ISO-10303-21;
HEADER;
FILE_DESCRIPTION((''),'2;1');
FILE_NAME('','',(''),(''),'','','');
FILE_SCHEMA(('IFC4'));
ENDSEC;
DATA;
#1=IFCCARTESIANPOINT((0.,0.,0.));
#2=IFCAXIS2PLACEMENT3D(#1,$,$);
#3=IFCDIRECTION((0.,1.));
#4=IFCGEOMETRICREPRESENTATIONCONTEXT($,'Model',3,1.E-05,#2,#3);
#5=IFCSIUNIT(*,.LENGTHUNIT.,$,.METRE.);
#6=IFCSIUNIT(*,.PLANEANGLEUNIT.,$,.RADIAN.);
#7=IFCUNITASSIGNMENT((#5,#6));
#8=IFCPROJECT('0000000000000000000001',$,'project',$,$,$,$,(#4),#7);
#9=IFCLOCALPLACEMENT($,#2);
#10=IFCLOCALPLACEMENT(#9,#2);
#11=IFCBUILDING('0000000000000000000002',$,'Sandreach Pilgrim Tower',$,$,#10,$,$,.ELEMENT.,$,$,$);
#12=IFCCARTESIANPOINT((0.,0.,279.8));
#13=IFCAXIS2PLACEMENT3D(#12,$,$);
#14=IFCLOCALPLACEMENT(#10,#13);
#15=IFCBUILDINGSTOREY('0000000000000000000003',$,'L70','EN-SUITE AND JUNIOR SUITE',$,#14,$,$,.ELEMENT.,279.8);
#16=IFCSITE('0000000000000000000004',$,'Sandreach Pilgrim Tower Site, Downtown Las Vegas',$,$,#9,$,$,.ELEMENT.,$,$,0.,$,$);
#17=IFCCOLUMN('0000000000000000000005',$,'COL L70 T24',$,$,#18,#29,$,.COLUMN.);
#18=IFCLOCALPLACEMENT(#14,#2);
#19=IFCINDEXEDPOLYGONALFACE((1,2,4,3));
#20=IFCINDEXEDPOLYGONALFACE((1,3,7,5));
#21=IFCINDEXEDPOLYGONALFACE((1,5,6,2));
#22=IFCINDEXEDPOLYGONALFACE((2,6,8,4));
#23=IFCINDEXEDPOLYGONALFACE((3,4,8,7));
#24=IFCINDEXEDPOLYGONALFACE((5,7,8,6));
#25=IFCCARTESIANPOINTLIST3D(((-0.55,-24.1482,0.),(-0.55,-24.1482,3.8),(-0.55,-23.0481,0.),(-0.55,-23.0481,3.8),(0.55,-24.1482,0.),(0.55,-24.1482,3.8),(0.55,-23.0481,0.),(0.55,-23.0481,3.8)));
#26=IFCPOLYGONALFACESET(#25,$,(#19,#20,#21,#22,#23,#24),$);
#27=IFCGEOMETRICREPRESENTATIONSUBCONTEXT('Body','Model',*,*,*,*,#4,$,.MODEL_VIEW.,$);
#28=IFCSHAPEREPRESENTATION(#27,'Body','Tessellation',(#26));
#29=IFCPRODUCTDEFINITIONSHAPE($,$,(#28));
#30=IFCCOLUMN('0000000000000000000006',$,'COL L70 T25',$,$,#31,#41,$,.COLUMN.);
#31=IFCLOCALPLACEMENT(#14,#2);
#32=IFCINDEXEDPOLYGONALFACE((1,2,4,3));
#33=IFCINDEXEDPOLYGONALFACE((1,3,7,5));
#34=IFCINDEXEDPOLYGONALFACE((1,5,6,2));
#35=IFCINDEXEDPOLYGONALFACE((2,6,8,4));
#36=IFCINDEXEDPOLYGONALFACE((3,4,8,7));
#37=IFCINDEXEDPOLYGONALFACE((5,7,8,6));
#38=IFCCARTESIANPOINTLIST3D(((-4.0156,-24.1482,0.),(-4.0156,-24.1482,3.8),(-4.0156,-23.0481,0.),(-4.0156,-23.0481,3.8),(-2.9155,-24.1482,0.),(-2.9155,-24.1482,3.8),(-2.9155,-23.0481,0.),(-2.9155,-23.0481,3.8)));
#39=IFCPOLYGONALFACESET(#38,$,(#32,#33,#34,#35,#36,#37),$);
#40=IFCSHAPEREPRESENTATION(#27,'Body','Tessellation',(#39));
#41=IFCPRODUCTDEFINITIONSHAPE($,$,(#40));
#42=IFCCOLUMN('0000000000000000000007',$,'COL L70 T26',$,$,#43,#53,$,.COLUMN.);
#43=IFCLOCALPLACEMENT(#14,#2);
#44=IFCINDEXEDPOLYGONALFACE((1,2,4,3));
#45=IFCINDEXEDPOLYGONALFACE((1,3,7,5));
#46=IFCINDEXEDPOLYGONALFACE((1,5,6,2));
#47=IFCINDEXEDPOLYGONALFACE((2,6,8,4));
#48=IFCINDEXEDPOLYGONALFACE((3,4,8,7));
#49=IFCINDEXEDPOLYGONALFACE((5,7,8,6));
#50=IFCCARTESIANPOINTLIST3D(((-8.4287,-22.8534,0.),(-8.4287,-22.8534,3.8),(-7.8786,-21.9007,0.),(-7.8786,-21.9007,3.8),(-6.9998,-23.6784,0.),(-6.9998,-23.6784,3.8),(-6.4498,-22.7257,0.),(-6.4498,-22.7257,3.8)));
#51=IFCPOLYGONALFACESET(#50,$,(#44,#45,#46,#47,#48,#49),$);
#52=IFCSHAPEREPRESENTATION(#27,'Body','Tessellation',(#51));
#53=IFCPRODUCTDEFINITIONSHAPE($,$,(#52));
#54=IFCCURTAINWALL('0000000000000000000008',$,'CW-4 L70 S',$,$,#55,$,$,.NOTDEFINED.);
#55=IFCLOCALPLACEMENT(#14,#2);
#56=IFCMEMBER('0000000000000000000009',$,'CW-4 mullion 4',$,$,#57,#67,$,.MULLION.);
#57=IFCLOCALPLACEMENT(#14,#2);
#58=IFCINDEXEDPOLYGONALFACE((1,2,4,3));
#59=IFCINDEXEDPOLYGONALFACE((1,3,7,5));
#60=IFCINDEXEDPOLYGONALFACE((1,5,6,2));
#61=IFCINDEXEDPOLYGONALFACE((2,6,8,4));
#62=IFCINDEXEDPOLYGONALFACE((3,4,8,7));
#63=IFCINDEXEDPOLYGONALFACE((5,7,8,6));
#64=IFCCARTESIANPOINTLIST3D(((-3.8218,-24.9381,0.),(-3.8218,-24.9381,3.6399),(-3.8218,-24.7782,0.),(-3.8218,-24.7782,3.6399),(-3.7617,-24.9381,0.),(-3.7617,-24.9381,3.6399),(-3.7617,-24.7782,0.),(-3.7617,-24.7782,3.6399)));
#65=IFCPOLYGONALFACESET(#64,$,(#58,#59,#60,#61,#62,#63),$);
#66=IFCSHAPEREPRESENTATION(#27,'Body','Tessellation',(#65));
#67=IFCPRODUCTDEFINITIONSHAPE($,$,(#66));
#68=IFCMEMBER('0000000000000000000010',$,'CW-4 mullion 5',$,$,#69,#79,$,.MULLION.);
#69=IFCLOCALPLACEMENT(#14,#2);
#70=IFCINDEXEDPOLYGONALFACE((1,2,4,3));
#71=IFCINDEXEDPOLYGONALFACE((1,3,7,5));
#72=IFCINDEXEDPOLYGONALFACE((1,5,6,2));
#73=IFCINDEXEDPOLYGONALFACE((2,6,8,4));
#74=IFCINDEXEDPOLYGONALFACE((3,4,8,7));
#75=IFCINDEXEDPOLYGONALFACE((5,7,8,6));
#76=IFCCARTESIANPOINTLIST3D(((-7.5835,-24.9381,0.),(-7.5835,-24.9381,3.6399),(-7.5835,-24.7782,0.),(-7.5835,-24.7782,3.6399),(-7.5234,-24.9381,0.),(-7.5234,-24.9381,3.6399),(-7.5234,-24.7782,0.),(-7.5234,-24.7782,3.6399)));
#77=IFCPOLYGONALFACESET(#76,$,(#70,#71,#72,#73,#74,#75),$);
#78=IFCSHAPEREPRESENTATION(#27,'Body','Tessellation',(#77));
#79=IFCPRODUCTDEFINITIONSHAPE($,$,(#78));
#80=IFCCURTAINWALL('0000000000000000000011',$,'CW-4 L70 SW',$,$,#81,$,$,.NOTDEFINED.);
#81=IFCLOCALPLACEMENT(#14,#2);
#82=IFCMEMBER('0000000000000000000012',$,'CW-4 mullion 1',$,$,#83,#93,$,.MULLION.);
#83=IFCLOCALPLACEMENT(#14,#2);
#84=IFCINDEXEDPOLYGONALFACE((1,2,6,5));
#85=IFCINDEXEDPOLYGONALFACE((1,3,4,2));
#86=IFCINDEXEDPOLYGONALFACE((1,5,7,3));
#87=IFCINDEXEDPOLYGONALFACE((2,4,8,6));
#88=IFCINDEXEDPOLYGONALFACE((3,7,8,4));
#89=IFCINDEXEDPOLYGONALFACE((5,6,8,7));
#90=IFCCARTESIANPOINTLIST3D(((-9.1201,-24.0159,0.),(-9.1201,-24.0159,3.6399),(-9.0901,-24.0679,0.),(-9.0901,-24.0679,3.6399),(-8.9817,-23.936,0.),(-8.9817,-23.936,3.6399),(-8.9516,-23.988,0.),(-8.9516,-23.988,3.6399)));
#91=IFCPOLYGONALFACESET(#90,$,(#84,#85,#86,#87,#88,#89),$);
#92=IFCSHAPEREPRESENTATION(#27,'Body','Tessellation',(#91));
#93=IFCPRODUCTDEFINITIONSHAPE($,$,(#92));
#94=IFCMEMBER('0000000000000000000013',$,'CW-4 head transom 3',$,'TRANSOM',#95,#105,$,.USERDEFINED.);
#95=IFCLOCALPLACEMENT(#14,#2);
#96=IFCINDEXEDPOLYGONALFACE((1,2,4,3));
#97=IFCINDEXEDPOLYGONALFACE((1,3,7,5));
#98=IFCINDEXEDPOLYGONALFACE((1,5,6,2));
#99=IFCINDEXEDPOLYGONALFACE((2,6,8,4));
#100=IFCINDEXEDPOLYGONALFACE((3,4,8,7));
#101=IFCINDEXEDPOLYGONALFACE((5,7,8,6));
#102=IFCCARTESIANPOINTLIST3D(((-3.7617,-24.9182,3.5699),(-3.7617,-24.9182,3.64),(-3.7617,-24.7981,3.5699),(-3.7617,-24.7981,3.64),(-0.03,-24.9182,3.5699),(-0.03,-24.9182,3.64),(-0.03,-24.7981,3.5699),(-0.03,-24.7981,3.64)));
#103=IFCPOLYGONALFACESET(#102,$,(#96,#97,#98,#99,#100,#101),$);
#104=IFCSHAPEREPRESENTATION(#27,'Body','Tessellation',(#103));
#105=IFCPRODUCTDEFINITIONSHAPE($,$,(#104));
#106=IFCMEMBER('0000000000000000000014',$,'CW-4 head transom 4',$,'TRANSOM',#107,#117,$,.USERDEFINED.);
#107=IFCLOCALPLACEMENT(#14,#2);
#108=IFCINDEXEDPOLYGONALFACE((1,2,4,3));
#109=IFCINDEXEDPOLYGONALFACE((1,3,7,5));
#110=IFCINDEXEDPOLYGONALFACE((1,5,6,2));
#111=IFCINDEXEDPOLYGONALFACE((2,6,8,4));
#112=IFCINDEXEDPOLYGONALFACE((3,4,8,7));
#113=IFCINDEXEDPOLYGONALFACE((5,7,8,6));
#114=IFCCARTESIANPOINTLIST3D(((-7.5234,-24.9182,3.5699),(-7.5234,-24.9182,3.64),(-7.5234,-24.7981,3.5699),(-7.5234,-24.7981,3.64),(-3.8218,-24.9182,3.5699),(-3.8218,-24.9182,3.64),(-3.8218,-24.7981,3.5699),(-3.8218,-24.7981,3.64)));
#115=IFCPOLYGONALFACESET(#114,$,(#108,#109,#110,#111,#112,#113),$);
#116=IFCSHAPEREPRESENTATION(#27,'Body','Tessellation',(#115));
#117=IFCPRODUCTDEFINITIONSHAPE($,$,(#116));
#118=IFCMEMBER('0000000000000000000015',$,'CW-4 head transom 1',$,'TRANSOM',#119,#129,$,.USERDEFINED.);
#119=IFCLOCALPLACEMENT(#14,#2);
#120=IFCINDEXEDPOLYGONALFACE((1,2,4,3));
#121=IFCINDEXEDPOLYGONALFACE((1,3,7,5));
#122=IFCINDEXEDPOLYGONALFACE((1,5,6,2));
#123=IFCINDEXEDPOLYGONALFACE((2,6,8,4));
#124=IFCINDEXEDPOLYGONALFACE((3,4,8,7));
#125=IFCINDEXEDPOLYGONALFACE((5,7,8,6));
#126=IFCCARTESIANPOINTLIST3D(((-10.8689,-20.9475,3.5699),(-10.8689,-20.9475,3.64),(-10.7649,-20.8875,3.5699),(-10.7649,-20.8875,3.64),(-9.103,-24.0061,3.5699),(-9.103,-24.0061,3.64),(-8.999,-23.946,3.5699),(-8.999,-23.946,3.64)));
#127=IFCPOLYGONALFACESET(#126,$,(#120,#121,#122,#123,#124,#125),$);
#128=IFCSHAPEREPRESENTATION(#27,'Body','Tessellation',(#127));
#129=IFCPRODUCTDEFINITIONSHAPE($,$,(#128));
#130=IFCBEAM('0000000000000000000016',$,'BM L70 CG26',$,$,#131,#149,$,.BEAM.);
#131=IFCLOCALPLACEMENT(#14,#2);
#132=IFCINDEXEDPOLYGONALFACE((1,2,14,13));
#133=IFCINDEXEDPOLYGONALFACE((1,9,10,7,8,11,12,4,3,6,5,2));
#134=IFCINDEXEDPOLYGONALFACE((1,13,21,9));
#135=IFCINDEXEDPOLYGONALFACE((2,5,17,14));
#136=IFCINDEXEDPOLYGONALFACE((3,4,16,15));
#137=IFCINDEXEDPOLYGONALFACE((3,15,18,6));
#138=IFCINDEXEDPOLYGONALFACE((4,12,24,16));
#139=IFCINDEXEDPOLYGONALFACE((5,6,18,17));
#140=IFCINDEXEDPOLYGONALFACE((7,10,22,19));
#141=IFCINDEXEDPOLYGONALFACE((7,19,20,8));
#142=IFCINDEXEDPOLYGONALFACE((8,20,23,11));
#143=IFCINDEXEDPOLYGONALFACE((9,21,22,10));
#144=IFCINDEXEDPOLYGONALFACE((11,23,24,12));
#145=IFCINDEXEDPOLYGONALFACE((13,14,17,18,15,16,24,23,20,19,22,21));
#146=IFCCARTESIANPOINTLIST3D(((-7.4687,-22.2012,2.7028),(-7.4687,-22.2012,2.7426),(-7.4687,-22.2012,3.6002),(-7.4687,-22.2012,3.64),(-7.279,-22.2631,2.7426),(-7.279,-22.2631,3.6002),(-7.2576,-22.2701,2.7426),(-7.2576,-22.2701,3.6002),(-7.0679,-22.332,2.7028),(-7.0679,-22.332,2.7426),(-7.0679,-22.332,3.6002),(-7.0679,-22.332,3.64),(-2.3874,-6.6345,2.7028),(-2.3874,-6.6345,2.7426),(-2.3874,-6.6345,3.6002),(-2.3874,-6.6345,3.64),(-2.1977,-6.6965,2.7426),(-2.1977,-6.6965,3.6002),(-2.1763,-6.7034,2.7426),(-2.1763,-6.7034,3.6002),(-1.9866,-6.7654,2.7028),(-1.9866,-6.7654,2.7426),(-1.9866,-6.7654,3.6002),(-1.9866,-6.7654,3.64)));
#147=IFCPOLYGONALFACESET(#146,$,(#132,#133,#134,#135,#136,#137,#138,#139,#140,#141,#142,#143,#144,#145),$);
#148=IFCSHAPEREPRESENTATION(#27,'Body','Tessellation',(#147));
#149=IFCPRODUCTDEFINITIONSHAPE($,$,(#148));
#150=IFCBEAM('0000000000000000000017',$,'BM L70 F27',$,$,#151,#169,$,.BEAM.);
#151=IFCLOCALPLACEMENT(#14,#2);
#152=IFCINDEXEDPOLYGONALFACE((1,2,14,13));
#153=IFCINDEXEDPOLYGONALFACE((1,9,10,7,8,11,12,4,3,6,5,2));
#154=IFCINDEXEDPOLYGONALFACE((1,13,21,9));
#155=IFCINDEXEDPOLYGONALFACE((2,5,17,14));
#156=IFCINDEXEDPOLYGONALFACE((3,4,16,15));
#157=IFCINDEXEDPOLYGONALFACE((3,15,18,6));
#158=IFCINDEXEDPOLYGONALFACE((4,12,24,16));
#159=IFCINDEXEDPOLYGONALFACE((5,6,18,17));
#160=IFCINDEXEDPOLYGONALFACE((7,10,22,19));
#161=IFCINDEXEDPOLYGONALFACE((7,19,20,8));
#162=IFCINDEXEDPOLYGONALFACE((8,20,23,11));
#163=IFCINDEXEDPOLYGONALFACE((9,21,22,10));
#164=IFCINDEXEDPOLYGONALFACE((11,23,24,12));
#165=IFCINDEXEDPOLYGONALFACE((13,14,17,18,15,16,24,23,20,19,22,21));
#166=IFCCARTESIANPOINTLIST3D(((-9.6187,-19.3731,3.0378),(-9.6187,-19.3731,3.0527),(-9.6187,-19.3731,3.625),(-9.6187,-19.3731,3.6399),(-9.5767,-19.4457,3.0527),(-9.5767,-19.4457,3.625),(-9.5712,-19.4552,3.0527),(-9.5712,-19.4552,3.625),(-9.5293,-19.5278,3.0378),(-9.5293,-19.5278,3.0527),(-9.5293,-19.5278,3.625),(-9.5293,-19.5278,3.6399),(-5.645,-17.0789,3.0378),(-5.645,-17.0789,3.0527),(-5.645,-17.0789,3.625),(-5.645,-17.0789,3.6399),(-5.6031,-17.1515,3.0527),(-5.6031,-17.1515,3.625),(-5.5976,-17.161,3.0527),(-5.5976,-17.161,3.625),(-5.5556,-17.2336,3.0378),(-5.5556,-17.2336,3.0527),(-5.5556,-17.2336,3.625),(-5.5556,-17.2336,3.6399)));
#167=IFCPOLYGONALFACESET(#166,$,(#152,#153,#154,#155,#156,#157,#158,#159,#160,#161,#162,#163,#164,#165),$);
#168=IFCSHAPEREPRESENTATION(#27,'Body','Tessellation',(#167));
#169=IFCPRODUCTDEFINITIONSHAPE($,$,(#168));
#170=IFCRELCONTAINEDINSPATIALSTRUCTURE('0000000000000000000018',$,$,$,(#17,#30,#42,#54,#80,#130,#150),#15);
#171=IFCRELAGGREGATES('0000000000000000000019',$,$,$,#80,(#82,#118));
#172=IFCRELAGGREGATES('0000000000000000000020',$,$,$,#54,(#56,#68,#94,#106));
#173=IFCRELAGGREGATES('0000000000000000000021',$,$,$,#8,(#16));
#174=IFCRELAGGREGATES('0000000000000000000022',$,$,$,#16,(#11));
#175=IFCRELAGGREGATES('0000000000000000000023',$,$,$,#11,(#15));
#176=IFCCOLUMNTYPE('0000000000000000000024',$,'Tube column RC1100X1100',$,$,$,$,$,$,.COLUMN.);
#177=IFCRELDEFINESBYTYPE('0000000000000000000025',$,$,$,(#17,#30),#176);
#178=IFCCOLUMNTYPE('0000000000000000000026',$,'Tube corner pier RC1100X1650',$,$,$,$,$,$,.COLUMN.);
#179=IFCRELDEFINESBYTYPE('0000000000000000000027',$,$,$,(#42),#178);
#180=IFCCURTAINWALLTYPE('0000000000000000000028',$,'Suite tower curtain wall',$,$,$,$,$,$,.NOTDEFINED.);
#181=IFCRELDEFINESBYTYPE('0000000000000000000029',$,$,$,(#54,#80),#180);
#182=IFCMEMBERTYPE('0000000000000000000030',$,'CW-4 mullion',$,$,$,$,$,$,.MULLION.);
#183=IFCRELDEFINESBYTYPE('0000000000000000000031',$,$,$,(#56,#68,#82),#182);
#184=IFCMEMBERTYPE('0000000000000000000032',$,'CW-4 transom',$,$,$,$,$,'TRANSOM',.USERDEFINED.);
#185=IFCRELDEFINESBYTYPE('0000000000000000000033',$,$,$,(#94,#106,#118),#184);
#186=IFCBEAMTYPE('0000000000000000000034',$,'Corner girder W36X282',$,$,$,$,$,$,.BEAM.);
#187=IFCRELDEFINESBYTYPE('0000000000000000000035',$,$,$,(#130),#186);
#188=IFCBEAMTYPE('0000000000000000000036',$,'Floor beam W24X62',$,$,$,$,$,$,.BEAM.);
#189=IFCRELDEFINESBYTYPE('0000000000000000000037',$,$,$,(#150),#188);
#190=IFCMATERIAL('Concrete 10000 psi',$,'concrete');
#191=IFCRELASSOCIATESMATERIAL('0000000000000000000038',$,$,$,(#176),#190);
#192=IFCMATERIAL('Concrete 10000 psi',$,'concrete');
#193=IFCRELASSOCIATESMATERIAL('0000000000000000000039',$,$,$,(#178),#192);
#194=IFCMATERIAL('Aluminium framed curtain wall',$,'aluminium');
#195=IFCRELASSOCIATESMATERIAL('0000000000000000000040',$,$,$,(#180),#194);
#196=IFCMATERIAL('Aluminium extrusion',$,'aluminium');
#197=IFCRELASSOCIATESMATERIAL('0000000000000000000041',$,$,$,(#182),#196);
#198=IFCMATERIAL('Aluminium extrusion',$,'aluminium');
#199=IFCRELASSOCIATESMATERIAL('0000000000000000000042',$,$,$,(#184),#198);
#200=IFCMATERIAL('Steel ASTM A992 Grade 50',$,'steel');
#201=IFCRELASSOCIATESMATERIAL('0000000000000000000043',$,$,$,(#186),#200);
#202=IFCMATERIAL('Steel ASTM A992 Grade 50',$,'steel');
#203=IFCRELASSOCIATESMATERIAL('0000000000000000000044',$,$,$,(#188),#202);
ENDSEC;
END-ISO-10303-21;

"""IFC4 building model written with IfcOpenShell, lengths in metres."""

from ifc_helpers import new_model, si_unit, direction, frame, origin, origin_2d, place, context, subcontext, project, spatial, rectangle, i_section, extrude, material, material_profile, profile_set, type_object, element, aggregate, save


model = new_model("IFC4")

# Units and contexts
model_context = context("Model", 3, precision=1e-05, world=origin(), true_north=direction((0.0, 1.0)))
body_context = subcontext(model_context, "Body", "Model", "MODEL_VIEW")
ifc_project = project(units=[si_unit("LENGTHUNIT", "METRE"), si_unit("PLANEANGLEUNIT", "RADIAN")], contexts=[model_context])

# Site, building, storey
site_placement = place(None, origin())
site = spatial("IfcSite", under=ifc_project, at=site_placement, Name="Sandreach Pilgrim Tower Site, Downtown Las Vegas", CompositionType="ELEMENT", RefElevation=0.0)
building_placement = place(site_placement, origin())
building = spatial("IfcBuilding", under=site, at=building_placement, Name="Sandreach Pilgrim Tower", CompositionType="ELEMENT")
storey_placement = place(building_placement, frame((0.0, 0.0, 279.8)))
storey = spatial("IfcBuildingStorey", under=building, at=storey_placement, Name="L70", Description="EN-SUITE AND JUNIOR SUITE", CompositionType="ELEMENT", Elevation=279.8)

# Columns
ifc_material_1 = material(Name="Concrete 10000 psi", Category="concrete")
ifc_material_profile_1 = material_profile(ifc_material_1, rectangle(XDim=1.1001, YDim=1.1001, at=origin_2d()), Name="RC1100X1100")
ifc_profile_set_1 = profile_set([ifc_material_profile_1], Name="Concrete 10000 psi")
column_type_1 = type_object("IfcColumnType", Name="Tube column RC1100X1100", PredefinedType="COLUMN", material=ifc_profile_set_1)
for number, where, z_axis, x_axis, name in (
    (1, (0.0, -23.5981, 0.0), (0.0, 0.0, 1.0), (0.0, -1.0, 0.0), "COL L70 T24"),
    (2, (-3.4656, -23.5981, 0.0), (0.0, 0.0, 1.0), (0.0, -1.0, 0.0), "COL L70 T25"),
):
    element("IfcColumn", number, at=place(storey_placement, frame(where, z_axis=z_axis, x_axis=x_axis)), inside=storey, type_object=column_type_1, Name=name, PredefinedType="COLUMN", context=body_context, shape_type="SweptSolid", body=[
        extrude(rectangle(XDim=1.1001, YDim=1.1001, at=origin_2d()), origin(), (0.0, 0.0, 1.0), 3.8),
    ])
ifc_material_2 = material(Name="Concrete 10000 psi", Category="concrete")
ifc_material_profile_2 = material_profile(ifc_material_2, rectangle(XDim=1.1001, YDim=1.6499, at=origin_2d()), Name="RC1100X1650")
ifc_profile_set_2 = profile_set([ifc_material_profile_2], Name="Concrete 10000 psi")
column_type_2 = type_object("IfcColumnType", Name="Tube corner pier RC1100X1650", PredefinedType="COLUMN", material=ifc_profile_set_2)
column_placement = place(storey_placement, frame((-7.4392, -22.7896, 0.0), z_axis=(0.0, 0.0, 1.0), x_axis=(-0.5, -0.866025, 0.0)))
element("IfcColumn", 3, at=column_placement, inside=storey, type_object=column_type_2, Name="COL L70 T26", PredefinedType="COLUMN", context=body_context, shape_type="SweptSolid", body=[
    extrude(rectangle(XDim=1.1001, YDim=1.6499, at=origin_2d()), origin(), (0.0, 0.0, 1.0), 3.8),
])

# Curtain wall, members
ifc_material_3 = material(Name="Aluminium framed curtain wall", Category="aluminium")
curtain_wall_type = type_object("IfcCurtainWallType", Name="Suite tower curtain wall", PredefinedType="NOTDEFINED", material=ifc_material_3)
curtain_wall_1_placement = place(storey_placement, origin())
curtain_wall_1 = element("IfcCurtainWall", 4, at=curtain_wall_1_placement, inside=storey, type_object=curtain_wall_type, Name="CW-4 L70 S", PredefinedType="NOTDEFINED")
ifc_material_4 = material(Name="Aluminium extrusion", Category="aluminium")
ifc_material_profile_3 = material_profile(ifc_material_4, rectangle(XDim=0.0601, YDim=0.1599, at=origin_2d()), Name="CW-4M 60X160")
ifc_profile_set_3 = profile_set([ifc_material_profile_3], Name="Aluminium extrusion")
member_type_1 = type_object("IfcMemberType", Name="CW-4 mullion", PredefinedType="MULLION", material=ifc_profile_set_3)
member_1_placement = place(storey_placement, frame((-3.7917, -24.8582, 0.0), z_axis=(0.0, 0.0, 1.0), x_axis=(-1.0, 0.0, 0.0)))
member_1 = element("IfcMember", 5, at=member_1_placement, type_object=member_type_1, Name="CW-4 mullion 4", PredefinedType="MULLION", context=body_context, shape_type="SweptSolid", body=[
    extrude(rectangle(XDim=0.0601, YDim=0.1599, at=origin_2d()), origin(), (0.0, 0.0, 1.0), 3.6399),
])
member_2_placement = place(storey_placement, frame((-7.5535, -24.8582, 0.0), z_axis=(0.0, 0.0, 1.0), x_axis=(-1.0, 0.0, 0.0)))
member_2 = element("IfcMember", 6, at=member_2_placement, type_object=member_type_1, Name="CW-4 mullion 5", PredefinedType="MULLION", context=body_context, shape_type="SweptSolid", body=[
    extrude(rectangle(XDim=0.0601, YDim=0.1599, at=origin_2d()), origin(), (0.0, 0.0, 1.0), 3.6399),
])

# Curtain wall, member
curtain_wall_2_placement = place(storey_placement, origin())
curtain_wall_2 = element("IfcCurtainWall", 7, at=curtain_wall_2_placement, inside=storey, type_object=curtain_wall_type, Name="CW-4 L70 SW", PredefinedType="NOTDEFINED")
member_3_placement = place(storey_placement, frame((-9.0359, -24.002, 0.0), z_axis=(0.0, 0.0, 1.0), x_axis=(-0.5, 0.866025, 0.0)))
member_3 = element("IfcMember", 8, at=member_3_placement, type_object=member_type_1, Name="CW-4 mullion 1", PredefinedType="MULLION", context=body_context, shape_type="SweptSolid", body=[
    extrude(rectangle(XDim=0.0601, YDim=0.1599, at=origin_2d()), origin(), (0.0, 0.0, 1.0), 3.6399),
])

# Members
ifc_material_5 = material(Name="Aluminium extrusion", Category="aluminium")
ifc_material_profile_4 = material_profile(ifc_material_5, rectangle(XDim=0.1201, YDim=0.0701, at=origin_2d()), Name="CW-4T 120X70")
ifc_profile_set_4 = profile_set([ifc_material_profile_4], Name="Aluminium extrusion")
member_type_2 = type_object("IfcMemberType", Name="CW-4 transom", ElementType="TRANSOM", PredefinedType="USERDEFINED", material=ifc_profile_set_4)
member_4_placement = place(storey_placement, frame((-0.03, -24.8582, 3.605), z_axis=(-1.0, 0.0, 0.0), x_axis=(0.0, -1.0, 0.0)))
member_4 = element("IfcMember", 9, at=member_4_placement, type_object=member_type_2, Name="CW-4 head transom 3", ObjectType="TRANSOM", PredefinedType="USERDEFINED", context=body_context, shape_type="SweptSolid", body=[
    extrude(rectangle(XDim=0.1201, YDim=0.0701, at=origin_2d()), origin(), (0.0, 0.0, 1.0), 3.7317),
])
member_5_placement = place(storey_placement, frame((-3.8218, -24.8582, 3.605), z_axis=(-1.0, 0.0, 0.0), x_axis=(0.0, -1.0, 0.0)))
member_5 = element("IfcMember", 10, at=member_5_placement, type_object=member_type_2, Name="CW-4 head transom 4", ObjectType="TRANSOM", PredefinedType="USERDEFINED", context=body_context, shape_type="SweptSolid", body=[
    extrude(rectangle(XDim=0.1201, YDim=0.0701, at=origin_2d()), origin(), (0.0, 0.0, 1.0), 3.7017),
])
member_6_placement = place(storey_placement, frame((-9.051, -23.9761, 3.605), z_axis=(-0.499998, 0.866027, 0.0), x_axis=(-0.866027, -0.499998, 0.0)))
member_6 = element("IfcMember", 11, at=member_6_placement, type_object=member_type_2, Name="CW-4 head transom 1", ObjectType="TRANSOM", PredefinedType="USERDEFINED", context=body_context, shape_type="SweptSolid", body=[
    extrude(rectangle(XDim=0.1201, YDim=0.0701, at=origin_2d()), origin(), (0.0, 0.0, 1.0), 3.5317),
])
aggregate(curtain_wall_2, [member_3, member_6])

# Beams
ifc_material_6 = material(Name="Steel ASTM A992 Grade 50", Category="steel")
ifc_material_profile_5 = material_profile(ifc_material_6, i_section(OverallWidth=0.4216, OverallDepth=0.9373, WebThickness=0.0225, FlangeThickness=0.0398, at=origin_2d()), Name="W36X282")
ifc_profile_set_5 = profile_set([ifc_material_profile_5], Name="Steel ASTM A992 Grade 50")
beam_type_1 = type_object("IfcBeamType", Name="Corner girder W36X282", PredefinedType="BEAM", material=ifc_profile_set_5)
beam_1_placement = place(storey_placement, frame((-7.2683, -22.2666, 3.1714), z_axis=(0.310309, 0.950636, 0.0), x_axis=(-0.950636, 0.310309, 0.0)))
element("IfcBeam", 12, at=beam_1_placement, inside=storey, type_object=beam_type_1, Name="BM L70 CG26", PredefinedType="BEAM", context=body_context, shape_type="SweptSolid", body=[
    extrude(i_section(OverallWidth=0.4216, OverallDepth=0.9373, WebThickness=0.0225, FlangeThickness=0.0398, at=origin_2d()), origin(), (0.0, 0.0, 1.0), 16.375),
])
ifc_material_7 = material(Name="Steel ASTM A992 Grade 50", Category="steel")
ifc_material_profile_6 = material_profile(ifc_material_7, i_section(OverallWidth=0.1787, OverallDepth=0.6021, WebThickness=0.011, FlangeThickness=0.0149, at=origin_2d()), Name="W24X62")
ifc_profile_set_6 = profile_set([ifc_material_profile_6], Name="Steel ASTM A992 Grade 50")
beam_type_2 = type_object("IfcBeamType", Name="Floor beam W24X62", PredefinedType="BEAM", material=ifc_profile_set_6)
beam_2_placement = place(storey_placement, frame((-9.574, -19.4504, 3.3389), z_axis=(0.866024, 0.500002, 0.0), x_axis=(-0.500002, 0.866024, 0.0)))
element("IfcBeam", 13, at=beam_2_placement, inside=storey, type_object=beam_type_2, Name="BM L70 F27", PredefinedType="BEAM", context=body_context, shape_type="SweptSolid", body=[
    extrude(i_section(OverallWidth=0.1787, OverallDepth=0.6021, WebThickness=0.011, FlangeThickness=0.0149, at=origin_2d()), origin(), (0.0, 0.0, 1.0), 4.5884),
])

aggregate(curtain_wall_1, [member_1, member_2, member_4, member_5])

save(model, "model.ifc")
